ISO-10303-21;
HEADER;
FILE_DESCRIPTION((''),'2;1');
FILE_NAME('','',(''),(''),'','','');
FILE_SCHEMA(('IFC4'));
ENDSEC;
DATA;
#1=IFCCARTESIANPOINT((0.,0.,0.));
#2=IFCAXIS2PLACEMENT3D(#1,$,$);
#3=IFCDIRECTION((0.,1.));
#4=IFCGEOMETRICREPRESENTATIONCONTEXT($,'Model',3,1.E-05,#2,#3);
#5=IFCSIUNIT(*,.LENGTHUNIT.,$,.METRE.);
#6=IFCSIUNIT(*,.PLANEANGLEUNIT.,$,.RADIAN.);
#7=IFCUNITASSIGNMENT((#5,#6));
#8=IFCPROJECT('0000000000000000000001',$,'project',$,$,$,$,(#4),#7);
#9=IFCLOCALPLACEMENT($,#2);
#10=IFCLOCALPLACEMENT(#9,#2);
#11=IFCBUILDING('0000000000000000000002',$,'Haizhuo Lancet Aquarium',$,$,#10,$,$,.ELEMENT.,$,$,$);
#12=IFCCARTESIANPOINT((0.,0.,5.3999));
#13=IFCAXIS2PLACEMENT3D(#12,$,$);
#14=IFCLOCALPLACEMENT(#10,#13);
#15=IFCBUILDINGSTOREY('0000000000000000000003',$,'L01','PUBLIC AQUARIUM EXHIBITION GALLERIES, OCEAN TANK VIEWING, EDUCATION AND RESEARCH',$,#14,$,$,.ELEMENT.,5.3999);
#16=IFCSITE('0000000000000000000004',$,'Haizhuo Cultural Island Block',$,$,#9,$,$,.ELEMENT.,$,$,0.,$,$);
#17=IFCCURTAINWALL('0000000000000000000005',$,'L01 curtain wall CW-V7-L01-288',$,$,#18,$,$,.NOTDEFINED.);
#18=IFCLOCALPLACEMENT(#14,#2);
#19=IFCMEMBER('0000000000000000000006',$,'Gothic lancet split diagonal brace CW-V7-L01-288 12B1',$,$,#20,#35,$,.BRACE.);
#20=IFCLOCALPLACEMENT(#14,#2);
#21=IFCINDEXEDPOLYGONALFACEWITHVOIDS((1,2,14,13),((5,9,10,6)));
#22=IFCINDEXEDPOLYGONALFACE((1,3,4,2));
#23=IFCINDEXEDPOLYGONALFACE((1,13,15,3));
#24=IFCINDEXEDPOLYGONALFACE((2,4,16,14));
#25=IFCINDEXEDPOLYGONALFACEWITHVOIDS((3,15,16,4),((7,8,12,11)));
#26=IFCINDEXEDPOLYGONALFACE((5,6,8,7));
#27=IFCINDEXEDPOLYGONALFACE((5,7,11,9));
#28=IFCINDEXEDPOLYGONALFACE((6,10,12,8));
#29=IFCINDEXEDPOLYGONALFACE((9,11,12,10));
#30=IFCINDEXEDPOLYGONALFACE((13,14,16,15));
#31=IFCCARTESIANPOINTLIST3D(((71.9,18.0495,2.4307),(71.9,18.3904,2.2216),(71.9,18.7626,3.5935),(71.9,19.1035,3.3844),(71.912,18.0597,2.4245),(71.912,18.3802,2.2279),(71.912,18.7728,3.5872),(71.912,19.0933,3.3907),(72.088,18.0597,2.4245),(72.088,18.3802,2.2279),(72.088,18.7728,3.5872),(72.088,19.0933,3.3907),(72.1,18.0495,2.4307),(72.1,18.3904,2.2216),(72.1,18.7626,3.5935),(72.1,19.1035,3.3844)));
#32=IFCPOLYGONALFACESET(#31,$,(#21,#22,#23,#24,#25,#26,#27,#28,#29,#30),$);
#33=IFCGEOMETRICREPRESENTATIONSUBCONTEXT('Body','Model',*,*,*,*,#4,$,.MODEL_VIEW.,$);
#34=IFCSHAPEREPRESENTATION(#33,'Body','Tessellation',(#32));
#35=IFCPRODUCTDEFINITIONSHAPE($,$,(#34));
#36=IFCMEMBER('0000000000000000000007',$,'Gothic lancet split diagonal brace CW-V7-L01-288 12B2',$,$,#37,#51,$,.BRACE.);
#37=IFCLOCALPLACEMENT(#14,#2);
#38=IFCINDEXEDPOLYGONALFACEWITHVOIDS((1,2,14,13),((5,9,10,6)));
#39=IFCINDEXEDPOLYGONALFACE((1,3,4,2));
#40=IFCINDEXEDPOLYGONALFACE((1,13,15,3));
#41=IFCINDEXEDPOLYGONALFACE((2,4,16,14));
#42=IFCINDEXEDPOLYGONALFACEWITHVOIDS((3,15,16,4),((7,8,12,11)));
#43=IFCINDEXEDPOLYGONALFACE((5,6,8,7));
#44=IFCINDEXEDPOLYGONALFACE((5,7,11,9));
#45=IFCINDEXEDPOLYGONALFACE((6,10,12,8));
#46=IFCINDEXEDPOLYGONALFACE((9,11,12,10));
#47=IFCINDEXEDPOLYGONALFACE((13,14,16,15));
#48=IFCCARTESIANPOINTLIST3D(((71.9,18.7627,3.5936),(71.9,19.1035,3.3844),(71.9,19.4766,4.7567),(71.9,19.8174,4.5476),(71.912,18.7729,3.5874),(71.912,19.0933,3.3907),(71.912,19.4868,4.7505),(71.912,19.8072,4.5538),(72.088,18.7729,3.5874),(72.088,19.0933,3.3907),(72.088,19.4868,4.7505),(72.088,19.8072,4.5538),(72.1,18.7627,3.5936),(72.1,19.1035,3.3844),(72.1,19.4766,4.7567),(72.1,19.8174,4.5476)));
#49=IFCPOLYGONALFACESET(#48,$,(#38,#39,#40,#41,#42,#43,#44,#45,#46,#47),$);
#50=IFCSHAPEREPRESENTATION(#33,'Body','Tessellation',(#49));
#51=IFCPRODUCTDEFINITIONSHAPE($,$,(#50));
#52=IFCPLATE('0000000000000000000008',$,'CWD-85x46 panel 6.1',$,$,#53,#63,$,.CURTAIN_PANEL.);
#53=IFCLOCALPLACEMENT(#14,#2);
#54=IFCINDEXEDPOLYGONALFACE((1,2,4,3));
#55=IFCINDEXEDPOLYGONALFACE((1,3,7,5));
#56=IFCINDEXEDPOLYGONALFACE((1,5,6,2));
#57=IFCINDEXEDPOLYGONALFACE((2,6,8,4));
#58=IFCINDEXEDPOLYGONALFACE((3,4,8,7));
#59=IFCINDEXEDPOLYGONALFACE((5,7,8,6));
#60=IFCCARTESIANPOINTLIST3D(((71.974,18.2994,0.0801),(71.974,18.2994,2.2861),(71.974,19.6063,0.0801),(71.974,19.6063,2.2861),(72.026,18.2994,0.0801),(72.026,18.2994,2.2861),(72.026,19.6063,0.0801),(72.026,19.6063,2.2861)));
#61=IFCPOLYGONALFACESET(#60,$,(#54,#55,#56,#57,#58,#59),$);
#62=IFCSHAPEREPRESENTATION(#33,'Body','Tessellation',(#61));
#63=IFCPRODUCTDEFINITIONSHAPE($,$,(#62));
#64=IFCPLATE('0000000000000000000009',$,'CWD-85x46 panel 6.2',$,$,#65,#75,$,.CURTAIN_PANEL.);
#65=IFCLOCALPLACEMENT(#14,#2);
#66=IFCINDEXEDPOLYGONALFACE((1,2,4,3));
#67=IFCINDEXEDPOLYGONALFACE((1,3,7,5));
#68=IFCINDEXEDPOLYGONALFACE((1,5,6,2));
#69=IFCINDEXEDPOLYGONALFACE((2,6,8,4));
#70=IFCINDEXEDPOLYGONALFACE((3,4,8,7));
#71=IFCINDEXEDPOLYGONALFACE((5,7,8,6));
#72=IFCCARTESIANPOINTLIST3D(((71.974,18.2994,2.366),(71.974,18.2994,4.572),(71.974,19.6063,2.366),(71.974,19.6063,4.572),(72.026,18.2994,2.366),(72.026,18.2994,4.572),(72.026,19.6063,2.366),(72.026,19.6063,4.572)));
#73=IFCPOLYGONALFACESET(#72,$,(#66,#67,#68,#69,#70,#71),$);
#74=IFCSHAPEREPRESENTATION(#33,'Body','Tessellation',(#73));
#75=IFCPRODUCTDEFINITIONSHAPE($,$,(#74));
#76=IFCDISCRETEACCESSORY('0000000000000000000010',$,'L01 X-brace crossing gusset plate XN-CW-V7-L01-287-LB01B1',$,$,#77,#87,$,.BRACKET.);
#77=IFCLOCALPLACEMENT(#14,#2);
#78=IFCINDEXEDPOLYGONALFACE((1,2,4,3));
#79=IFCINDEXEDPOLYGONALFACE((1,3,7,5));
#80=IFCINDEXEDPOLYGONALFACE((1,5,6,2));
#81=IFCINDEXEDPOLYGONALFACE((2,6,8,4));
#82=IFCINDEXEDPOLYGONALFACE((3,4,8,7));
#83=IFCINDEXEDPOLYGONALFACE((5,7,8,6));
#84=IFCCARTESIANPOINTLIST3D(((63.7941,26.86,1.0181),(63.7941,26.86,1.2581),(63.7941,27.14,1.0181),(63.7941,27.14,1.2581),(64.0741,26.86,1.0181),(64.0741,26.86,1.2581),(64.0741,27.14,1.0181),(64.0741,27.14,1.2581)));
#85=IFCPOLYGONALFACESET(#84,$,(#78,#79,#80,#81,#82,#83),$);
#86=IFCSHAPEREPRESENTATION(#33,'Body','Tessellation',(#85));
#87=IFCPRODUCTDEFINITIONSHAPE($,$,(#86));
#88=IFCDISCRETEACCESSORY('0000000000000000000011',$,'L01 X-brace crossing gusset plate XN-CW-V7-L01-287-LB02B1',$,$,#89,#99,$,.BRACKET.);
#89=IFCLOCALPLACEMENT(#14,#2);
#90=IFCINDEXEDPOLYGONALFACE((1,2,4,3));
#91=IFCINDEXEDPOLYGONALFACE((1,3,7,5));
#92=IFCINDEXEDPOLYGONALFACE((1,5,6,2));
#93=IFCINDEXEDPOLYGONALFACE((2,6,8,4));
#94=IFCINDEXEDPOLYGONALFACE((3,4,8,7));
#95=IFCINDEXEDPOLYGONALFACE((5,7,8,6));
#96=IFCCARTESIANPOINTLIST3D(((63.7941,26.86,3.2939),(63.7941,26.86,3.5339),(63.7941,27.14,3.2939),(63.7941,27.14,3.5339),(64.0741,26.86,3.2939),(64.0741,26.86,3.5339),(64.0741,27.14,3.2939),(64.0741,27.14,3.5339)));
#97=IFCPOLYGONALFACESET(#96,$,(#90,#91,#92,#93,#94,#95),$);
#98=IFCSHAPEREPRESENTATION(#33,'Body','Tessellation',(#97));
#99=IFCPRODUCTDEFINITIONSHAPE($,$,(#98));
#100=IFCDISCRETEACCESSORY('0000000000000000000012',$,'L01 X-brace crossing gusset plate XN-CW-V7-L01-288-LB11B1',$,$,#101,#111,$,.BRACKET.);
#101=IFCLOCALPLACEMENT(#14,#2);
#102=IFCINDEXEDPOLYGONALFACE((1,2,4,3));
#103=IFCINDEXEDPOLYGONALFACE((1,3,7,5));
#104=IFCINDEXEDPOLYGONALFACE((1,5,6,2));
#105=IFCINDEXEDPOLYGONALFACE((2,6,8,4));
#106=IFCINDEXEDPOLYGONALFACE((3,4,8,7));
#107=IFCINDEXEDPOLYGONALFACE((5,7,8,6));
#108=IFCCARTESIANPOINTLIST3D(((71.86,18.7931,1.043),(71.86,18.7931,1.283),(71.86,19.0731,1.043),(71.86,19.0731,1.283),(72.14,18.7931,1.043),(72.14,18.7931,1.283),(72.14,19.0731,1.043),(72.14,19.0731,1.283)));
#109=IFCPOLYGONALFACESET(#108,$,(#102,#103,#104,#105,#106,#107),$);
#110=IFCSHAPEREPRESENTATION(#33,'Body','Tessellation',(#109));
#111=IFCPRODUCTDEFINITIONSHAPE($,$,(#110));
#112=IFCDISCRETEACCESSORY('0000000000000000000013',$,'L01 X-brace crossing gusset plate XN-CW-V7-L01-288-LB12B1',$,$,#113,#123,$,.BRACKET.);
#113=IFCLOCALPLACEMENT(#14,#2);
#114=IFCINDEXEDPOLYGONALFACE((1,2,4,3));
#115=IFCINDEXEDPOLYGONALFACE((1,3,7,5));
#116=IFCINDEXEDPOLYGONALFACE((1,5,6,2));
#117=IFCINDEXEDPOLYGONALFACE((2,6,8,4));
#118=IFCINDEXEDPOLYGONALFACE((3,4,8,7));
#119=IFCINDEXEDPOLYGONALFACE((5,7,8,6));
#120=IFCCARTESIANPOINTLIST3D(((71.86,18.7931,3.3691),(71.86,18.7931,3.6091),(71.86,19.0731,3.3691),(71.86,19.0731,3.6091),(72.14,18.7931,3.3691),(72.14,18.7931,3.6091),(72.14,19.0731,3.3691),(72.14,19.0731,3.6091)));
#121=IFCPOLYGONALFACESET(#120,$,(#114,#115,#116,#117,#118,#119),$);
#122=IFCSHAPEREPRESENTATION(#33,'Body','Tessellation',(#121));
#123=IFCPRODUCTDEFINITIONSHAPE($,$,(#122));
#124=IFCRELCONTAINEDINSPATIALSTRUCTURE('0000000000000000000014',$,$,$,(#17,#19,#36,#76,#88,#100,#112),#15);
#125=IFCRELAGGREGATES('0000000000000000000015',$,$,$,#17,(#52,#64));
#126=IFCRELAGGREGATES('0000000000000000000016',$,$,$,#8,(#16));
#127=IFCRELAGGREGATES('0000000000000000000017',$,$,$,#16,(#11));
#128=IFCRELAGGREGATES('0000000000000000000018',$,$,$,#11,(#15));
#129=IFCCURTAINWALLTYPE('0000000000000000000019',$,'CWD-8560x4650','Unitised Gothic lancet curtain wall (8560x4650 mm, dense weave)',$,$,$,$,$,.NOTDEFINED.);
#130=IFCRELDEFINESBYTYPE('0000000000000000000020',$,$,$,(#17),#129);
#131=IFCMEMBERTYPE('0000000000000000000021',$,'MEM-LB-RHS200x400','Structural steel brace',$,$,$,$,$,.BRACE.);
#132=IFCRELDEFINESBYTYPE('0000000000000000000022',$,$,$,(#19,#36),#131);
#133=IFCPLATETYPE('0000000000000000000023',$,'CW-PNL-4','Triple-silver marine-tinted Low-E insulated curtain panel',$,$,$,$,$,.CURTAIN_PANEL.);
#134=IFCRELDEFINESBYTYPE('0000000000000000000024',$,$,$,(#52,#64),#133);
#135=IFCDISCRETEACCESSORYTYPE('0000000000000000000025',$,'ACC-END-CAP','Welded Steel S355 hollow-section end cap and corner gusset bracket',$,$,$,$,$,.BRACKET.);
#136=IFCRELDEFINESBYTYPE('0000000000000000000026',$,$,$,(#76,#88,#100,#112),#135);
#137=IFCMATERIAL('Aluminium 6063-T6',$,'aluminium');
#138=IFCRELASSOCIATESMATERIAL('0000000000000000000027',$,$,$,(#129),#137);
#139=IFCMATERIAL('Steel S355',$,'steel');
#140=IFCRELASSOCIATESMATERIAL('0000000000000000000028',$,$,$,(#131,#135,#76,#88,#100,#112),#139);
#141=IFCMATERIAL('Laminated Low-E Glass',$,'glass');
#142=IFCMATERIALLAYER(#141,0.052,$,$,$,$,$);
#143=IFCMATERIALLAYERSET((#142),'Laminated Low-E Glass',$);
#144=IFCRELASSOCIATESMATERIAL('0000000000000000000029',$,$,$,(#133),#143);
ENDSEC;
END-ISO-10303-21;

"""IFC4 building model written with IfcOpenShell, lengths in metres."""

from ifc_helpers import new_model, si_unit, direction, frame, origin, origin_2d, place, context, subcontext, project, spatial, rectangle, hollow_rectangle, extrude, material, layer, layer_set, material_profile, profile_set, type_object, element, aggregate, save


model = new_model("IFC4")

# Units and contexts
model_context = context("Model", 3, precision=1e-05, world=origin(), true_north=direction((0.0, 1.0)))
body_context = subcontext(model_context, "Body", "Model", "MODEL_VIEW")
ifc_project = project(units=[si_unit("LENGTHUNIT", "METRE"), si_unit("PLANEANGLEUNIT", "RADIAN")], contexts=[model_context])

# Site, building, storey
site_placement = place(None, origin())
site = spatial("IfcSite", under=ifc_project, at=site_placement, Name="Haizhuo Cultural Island Block", CompositionType="ELEMENT", RefElevation=0.0)
building_placement = place(site_placement, origin())
building = spatial("IfcBuilding", under=site, at=building_placement, Name="Haizhuo Lancet Aquarium", CompositionType="ELEMENT")
storey_placement = place(building_placement, frame((0.0, 0.0, 5.3999)))
storey = spatial("IfcBuildingStorey", under=building, at=storey_placement, Name="L01", Description="PUBLIC AQUARIUM EXHIBITION GALLERIES, OCEAN TANK VIEWING, EDUCATION AND RESEARCH", CompositionType="ELEMENT", Elevation=5.3999)

# Shared definitions
ifc_material_1 = material(Name="Aluminium 6063-T6", Category="aluminium")

# Curtain wall
curtain_wall_type_1 = type_object("IfcCurtainWallType", Name="CWD-8560x4650", Description="Unitised Gothic lancet curtain wall (8560x4650 mm, dense weave)", PredefinedType="NOTDEFINED", material=ifc_material_1)
curtain_wall_1_placement = place(storey_placement, origin())
curtain_wall_1 = element("IfcCurtainWall", 1, at=curtain_wall_1_placement, inside=storey, type_object=curtain_wall_type_1, Name="L01 curtain wall CW-V7-L01-288", PredefinedType="NOTDEFINED")

# Shared definitions
ifc_material_2 = material(Name="Steel S355", Category="steel")

# Members
ifc_material_profile_1 = material_profile(ifc_material_2, hollow_rectangle(XDim=0.2, YDim=0.3999, WallThickness=0.012, at=origin_2d()), Name="RHS 200x400x12")
ifc_profile_set_1 = profile_set([ifc_material_profile_1], Name="Steel S355")
member_type_1 = type_object("IfcMemberType", Name="MEM-LB-RHS200x400", Description="Structural steel brace", PredefinedType="BRACE", material=ifc_profile_set_1)
member_1_placement = place(storey_placement, frame((72.0, 18.22, 2.3262), z_axis=(0.0, 0.522789, 0.852462), x_axis=(-1.0, 0.0, 0.0)))
element("IfcMember", 2, at=member_1_placement, inside=storey, type_object=member_type_1, Name="Gothic lancet split diagonal brace CW-V7-L01-288 12B1", PredefinedType="BRACE", context=body_context, shape_type="SweptSolid", body=[
    extrude(hollow_rectangle(XDim=0.2, YDim=0.3999, WallThickness=0.012, at=origin_2d()), origin(), (0.0, 0.0, 1.0), 1.364),
])
member_2_placement = place(storey_placement, frame((72.0, 18.9331, 3.489), z_axis=(0.0, 0.523099, 0.852272), x_axis=(-1.0, 0.0, 0.0)))
element("IfcMember", 3, at=member_2_placement, inside=storey, type_object=member_type_1, Name="Gothic lancet split diagonal brace CW-V7-L01-288 12B2", PredefinedType="BRACE", context=body_context, shape_type="SweptSolid", body=[
    extrude(hollow_rectangle(XDim=0.2, YDim=0.3999, WallThickness=0.012, at=origin_2d()), origin(), (0.0, 0.0, 1.0), 1.3647),
])

# Plates
ifc_material_3 = material(Name="Laminated Low-E Glass", Category="glass")
ifc_layer = layer(ifc_material_3, 0.052)
ifc_layer_set = layer_set([ifc_layer], Name="Laminated Low-E Glass")
plate_type = type_object("IfcPlateType", Name="CW-PNL-4", Description="Triple-silver marine-tinted Low-E insulated curtain panel", PredefinedType="CURTAIN_PANEL", material=ifc_layer_set)
plate_1_placement = place(storey_placement, frame((72.0, 18.9529, 0.0801), z_axis=(0.0, 0.0, 1.0), x_axis=(0.0, -1.0, 0.0)))
plate_1 = element("IfcPlate", 4, at=plate_1_placement, type_object=plate_type, Name="CWD-85x46 panel 6.1", PredefinedType="CURTAIN_PANEL", context=body_context, shape_type="SweptSolid", body=[
    extrude(rectangle(XDim=1.3069, YDim=0.052, at=origin_2d()), origin(), (0.0, 0.0, 1.0), 2.2061),
])
plate_2_placement = place(storey_placement, frame((72.0, 18.9529, 2.366), z_axis=(0.0, 0.0, 1.0), x_axis=(0.0, -1.0, 0.0)))
plate_2 = element("IfcPlate", 5, at=plate_2_placement, type_object=plate_type, Name="CWD-85x46 panel 6.2", PredefinedType="CURTAIN_PANEL", context=body_context, shape_type="SweptSolid", body=[
    extrude(rectangle(XDim=1.3069, YDim=0.052, at=origin_2d()), origin(), (0.0, 0.0, 1.0), 2.2061),
])
aggregate(curtain_wall_1, [plate_1, plate_2])

# Discrete accessories
discrete_accessory_type = type_object("IfcDiscreteAccessoryType", Name="ACC-END-CAP", Description="Welded Steel S355 hollow-section end cap and corner gusset bracket", PredefinedType="BRACKET", material=ifc_material_2)
for number, where, z_axis, x_axis, name in (
    (6, (63.9341, 27.0, 1.0181), (0.0, 0.0, 1.0), (1.0, 0.0, 0.0), "L01 X-brace crossing gusset plate XN-CW-V7-L01-287-LB01B1"),
    (7, (63.9341, 27.0, 3.2939), (0.0, 0.0, 1.0), (1.0, 0.0, 0.0), "L01 X-brace crossing gusset plate XN-CW-V7-L01-287-LB02B1"),
    (8, (72.0, 18.9331, 1.043), (0.0, 0.0, 1.0), (1.0, 0.0, 0.0), "L01 X-brace crossing gusset plate XN-CW-V7-L01-288-LB11B1"),
    (9, (72.0, 18.9331, 3.3691), (0.0, 0.0, 1.0), (1.0, 0.0, 0.0), "L01 X-brace crossing gusset plate XN-CW-V7-L01-288-LB12B1"),
):
    element("IfcDiscreteAccessory", number, at=place(storey_placement, frame(where, z_axis=z_axis, x_axis=x_axis)), inside=storey, type_object=discrete_accessory_type, material=ifc_material_2, Name=name, PredefinedType="BRACKET", context=body_context, shape_type="SweptSolid", body=[
        extrude(rectangle(XDim=0.28, YDim=0.28, at=origin_2d()), origin(), (0.0, 0.0, 1.0), 0.24),
    ])

save(model, "model.ifc")
